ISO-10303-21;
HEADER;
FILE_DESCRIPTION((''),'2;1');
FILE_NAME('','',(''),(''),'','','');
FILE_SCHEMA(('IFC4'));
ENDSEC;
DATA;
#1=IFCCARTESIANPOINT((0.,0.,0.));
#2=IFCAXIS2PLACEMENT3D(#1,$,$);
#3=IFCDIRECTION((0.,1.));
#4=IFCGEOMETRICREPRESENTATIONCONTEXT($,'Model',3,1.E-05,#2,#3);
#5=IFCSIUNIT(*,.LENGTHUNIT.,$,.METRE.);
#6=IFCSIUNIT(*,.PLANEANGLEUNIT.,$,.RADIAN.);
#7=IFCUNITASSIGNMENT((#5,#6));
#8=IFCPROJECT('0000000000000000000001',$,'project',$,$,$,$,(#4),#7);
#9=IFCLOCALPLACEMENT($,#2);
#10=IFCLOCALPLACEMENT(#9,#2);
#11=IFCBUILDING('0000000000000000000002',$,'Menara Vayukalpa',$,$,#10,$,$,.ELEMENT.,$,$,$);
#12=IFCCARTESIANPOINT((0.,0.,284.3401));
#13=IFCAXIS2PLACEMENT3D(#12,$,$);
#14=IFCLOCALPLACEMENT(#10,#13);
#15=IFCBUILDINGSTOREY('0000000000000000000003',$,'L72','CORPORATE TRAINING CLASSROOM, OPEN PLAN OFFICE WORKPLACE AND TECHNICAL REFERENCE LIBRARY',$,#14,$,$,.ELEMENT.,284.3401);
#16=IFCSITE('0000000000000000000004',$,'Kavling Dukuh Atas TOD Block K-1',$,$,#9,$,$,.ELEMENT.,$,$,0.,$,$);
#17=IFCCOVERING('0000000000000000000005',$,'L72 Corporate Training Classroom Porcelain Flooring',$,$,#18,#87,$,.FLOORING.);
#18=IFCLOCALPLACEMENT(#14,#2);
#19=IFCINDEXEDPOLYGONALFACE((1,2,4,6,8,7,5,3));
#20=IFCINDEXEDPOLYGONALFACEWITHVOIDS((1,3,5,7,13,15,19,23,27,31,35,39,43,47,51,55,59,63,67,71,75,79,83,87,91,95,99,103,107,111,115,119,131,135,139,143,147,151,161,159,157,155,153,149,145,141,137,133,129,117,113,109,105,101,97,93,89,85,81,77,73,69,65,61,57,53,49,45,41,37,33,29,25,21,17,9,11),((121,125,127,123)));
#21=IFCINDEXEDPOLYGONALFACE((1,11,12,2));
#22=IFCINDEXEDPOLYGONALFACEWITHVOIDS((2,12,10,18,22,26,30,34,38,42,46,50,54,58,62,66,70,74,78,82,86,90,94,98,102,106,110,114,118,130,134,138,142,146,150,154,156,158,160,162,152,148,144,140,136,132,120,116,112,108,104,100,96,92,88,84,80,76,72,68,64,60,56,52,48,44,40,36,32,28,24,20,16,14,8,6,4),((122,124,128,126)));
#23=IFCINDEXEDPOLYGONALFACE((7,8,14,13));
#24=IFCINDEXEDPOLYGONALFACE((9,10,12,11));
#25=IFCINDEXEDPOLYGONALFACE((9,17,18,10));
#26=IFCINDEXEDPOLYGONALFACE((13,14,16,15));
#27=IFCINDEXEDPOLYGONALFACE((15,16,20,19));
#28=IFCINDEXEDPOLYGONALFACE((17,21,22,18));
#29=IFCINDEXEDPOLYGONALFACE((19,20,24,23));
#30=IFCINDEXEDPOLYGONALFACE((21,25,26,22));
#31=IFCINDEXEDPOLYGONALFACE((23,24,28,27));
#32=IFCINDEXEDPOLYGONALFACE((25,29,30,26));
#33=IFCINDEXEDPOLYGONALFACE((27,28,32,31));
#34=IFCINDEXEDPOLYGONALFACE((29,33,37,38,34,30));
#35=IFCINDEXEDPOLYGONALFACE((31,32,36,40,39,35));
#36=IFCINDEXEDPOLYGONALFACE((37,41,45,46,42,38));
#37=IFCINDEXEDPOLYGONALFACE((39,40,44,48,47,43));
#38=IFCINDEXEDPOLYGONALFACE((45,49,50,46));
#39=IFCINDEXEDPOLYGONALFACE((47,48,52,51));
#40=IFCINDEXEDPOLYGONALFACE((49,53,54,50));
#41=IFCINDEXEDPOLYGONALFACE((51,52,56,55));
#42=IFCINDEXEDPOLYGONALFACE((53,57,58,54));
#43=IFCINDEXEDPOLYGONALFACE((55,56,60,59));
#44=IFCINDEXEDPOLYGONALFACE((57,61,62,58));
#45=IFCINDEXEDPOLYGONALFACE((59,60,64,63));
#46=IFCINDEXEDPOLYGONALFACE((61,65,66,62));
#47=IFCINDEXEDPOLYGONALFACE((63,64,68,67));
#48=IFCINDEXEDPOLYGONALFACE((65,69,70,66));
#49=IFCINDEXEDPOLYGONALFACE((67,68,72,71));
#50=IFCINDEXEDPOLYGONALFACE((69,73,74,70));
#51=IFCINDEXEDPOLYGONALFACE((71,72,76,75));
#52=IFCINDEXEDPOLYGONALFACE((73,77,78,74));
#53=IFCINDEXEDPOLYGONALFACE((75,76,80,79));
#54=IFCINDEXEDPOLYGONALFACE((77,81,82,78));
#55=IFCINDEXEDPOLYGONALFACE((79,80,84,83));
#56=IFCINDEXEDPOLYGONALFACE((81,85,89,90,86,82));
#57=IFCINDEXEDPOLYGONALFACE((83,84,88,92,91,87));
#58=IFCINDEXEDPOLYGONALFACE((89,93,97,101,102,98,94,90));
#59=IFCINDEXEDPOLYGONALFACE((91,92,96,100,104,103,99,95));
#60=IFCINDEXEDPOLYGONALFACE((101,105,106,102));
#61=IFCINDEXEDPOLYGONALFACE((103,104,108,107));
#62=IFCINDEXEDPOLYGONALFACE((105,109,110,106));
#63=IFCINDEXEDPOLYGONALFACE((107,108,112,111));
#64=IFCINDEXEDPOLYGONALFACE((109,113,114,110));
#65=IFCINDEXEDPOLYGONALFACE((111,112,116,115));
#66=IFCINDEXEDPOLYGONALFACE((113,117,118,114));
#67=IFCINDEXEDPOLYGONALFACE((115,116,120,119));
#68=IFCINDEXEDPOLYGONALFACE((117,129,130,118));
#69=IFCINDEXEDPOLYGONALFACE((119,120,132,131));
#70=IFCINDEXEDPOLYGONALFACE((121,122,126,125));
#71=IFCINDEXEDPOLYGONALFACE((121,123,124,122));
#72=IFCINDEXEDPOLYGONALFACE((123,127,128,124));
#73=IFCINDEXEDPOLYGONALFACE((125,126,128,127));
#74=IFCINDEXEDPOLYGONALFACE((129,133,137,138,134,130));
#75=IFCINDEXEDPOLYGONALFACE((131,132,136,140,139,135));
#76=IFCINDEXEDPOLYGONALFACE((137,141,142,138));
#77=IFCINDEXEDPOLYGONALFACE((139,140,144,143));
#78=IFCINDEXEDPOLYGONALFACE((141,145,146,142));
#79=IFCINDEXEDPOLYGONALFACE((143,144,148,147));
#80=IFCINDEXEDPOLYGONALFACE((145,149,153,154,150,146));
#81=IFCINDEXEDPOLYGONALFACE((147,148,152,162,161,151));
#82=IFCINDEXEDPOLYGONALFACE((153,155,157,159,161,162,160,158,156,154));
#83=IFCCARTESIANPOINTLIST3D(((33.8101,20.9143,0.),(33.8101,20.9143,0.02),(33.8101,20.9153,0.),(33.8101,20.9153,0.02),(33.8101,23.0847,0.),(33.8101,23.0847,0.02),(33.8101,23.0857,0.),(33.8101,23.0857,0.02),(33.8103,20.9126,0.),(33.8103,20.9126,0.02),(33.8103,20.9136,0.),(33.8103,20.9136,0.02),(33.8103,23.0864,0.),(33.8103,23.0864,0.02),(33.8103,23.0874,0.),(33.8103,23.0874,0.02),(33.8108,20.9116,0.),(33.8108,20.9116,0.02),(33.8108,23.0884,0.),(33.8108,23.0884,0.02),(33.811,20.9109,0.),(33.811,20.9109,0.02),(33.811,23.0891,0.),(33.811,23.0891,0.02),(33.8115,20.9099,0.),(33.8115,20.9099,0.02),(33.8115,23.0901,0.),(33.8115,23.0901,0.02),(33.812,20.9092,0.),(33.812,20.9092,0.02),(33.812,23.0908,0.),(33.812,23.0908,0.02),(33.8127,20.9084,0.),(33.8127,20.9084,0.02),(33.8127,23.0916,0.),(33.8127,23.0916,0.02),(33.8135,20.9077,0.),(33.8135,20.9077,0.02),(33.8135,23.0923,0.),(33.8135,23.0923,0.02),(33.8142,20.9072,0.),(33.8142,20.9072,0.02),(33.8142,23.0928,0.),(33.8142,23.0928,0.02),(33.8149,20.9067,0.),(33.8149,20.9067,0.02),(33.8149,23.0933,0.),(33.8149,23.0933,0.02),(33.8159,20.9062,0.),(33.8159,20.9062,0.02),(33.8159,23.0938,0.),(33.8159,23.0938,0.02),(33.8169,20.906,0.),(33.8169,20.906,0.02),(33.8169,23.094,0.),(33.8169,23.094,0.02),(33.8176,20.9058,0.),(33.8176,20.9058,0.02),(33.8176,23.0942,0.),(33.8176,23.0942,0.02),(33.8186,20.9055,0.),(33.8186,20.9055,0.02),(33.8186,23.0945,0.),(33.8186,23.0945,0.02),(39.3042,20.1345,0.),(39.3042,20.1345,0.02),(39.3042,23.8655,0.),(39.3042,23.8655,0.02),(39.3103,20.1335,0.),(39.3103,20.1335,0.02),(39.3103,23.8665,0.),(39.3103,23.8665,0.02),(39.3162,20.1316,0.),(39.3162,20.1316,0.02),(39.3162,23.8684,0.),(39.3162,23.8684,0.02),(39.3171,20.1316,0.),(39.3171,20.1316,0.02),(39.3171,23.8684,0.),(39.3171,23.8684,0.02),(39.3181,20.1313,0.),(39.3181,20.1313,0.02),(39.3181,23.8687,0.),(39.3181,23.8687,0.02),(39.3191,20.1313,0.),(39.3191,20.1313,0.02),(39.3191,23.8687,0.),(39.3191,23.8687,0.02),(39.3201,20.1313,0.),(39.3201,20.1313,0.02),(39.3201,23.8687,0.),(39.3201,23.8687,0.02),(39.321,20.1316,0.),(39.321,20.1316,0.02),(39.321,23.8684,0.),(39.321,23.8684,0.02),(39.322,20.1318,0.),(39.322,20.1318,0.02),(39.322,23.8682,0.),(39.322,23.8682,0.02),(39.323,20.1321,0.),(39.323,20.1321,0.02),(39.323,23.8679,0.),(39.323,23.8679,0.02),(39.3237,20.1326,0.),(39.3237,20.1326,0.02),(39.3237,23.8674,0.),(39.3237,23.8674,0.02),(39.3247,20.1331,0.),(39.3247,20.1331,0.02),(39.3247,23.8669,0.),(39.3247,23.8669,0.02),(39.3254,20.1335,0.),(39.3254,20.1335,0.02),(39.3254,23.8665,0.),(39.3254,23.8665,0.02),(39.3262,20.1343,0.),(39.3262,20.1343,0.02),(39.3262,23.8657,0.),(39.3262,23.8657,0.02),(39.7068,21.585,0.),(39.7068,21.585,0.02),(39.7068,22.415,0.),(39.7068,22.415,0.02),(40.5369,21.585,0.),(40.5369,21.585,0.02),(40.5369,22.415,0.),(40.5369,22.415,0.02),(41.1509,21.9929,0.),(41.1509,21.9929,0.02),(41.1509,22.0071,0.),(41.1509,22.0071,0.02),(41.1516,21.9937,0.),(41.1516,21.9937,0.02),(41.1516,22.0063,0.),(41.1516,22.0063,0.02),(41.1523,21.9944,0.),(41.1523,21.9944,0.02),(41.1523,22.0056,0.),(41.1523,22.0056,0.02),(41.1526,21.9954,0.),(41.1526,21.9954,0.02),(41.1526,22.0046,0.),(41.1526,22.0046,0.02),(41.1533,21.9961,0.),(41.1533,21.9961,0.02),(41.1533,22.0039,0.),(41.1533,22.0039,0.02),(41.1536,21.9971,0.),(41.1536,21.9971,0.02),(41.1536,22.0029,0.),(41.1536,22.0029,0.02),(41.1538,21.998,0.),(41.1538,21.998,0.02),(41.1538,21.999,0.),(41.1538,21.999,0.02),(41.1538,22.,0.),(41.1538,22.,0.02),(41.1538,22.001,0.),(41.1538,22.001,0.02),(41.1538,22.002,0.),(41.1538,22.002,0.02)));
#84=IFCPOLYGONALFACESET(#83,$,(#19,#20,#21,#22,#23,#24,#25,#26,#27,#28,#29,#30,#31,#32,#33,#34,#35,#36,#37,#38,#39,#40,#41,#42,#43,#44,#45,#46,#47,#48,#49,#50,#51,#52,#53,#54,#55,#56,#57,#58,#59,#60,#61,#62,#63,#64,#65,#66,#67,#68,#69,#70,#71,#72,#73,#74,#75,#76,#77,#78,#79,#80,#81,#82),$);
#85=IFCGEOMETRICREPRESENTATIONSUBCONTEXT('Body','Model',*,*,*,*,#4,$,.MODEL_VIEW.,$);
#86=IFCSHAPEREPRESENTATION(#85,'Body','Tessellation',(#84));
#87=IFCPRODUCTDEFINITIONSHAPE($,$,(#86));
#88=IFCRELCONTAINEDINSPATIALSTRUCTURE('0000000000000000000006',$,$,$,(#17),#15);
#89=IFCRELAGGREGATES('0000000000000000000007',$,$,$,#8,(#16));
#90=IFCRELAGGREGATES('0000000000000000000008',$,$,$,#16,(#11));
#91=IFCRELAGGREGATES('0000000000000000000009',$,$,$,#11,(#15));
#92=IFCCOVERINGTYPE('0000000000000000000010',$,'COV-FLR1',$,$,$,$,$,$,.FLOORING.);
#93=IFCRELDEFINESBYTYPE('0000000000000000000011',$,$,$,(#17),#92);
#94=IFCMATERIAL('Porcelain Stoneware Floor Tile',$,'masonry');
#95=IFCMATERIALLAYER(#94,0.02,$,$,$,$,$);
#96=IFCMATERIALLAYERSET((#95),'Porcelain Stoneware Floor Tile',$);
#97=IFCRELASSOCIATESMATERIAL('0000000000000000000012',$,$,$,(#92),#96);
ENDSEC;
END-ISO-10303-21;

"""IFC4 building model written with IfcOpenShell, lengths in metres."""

from ifc_helpers import new_model, si_unit, direction, frame, origin, place, context, subcontext, project, spatial, polyline, outline, extrude, material, layer, layer_set, type_object, element, save


model = new_model("IFC4")

# Units and contexts
model_context = context("Model", 3, precision=1e-05, world=origin(), true_north=direction((0.0, 1.0)))
body_context = subcontext(model_context, "Body", "Model", "MODEL_VIEW")
ifc_project = project(units=[si_unit("LENGTHUNIT", "METRE"), si_unit("PLANEANGLEUNIT", "RADIAN")], contexts=[model_context])

# Site, building, storey
site_placement = place(None, origin())
site = spatial("IfcSite", under=ifc_project, at=site_placement, Name="Kavling Dukuh Atas TOD Block K-1", CompositionType="ELEMENT", RefElevation=0.0)
building_placement = place(site_placement, origin())
building = spatial("IfcBuilding", under=site, at=building_placement, Name="Menara Vayukalpa", CompositionType="ELEMENT")
storey_placement = place(building_placement, frame((0.0, 0.0, 284.3401)))
storey = spatial("IfcBuildingStorey", under=building, at=storey_placement, Name="L72", Description="CORPORATE TRAINING CLASSROOM, OPEN PLAN OFFICE WORKPLACE AND TECHNICAL REFERENCE LIBRARY", CompositionType="ELEMENT", Elevation=284.3401)

# Covering
ifc_material_1 = material(Name="Porcelain Stoneware Floor Tile", Category="masonry")
ifc_layer_1 = layer(ifc_material_1, 0.02)
ifc_layer_set_1 = layer_set([ifc_layer_1], Name="Porcelain Stoneware Floor Tile")
covering_type_1 = type_object("IfcCoveringType", Name="COV-FLR1", PredefinedType="FLOORING", material=ifc_layer_set_1)
covering_1_placement = place(storey_placement, origin())
element("IfcCovering", 1, at=covering_1_placement, inside=storey, type_object=covering_type_1, Name="L72 Corporate Training Classroom Porcelain Flooring", PredefinedType="FLOORING", context=body_context, shape_type="SweptSolid", body=[
    extrude(outline(polyline([(41.1523, 22.0056), (41.1526, 22.0046), (41.1533, 22.0039), (41.1536, 22.0029), (41.1538, 22.002), (41.1538, 22.001), (41.1538, 22.0), (41.1538, 21.999), (41.1538, 21.998), (41.1536, 21.9971), (41.1533, 21.9961), (41.1526, 21.9954), (41.1523, 21.9944), (41.1516, 21.9937), (41.1509, 21.9929), (39.3262, 20.1343), (39.3254, 20.1335), (39.3247, 20.1331), (39.3237, 20.1326), (39.323, 20.1321), (39.322, 20.1318), (39.321, 20.1316), (39.3201, 20.1313), (39.3191, 20.1313), (39.3181, 20.1313), (39.3171, 20.1316), (39.3162, 20.1316), (39.3103, 20.1335), (39.3042, 20.1345), (33.8186, 20.9055), (33.8176, 20.9058), (33.8169, 20.906), (33.8159, 20.9062), (33.8149, 20.9067), (33.8142, 20.9072), (33.8135, 20.9077), (33.8127, 20.9084), (33.812, 20.9092), (33.8115, 20.9099), (33.811, 20.9109), (33.8108, 20.9116), (33.8103, 20.9126), (33.8103, 20.9136), (33.8101, 20.9143), (33.8101, 20.9153), (33.8101, 23.0847), (33.8101, 23.0857), (33.8103, 23.0864), (33.8103, 23.0874), (33.8108, 23.0884), (33.811, 23.0891), (33.8115, 23.0901), (33.812, 23.0908), (33.8127, 23.0916), (33.8135, 23.0923), (33.8142, 23.0928), (33.8149, 23.0933), (33.8159, 23.0938), (33.8169, 23.094), (33.8176, 23.0942), (33.8186, 23.0945), (39.3042, 23.8655), (39.3103, 23.8665), (39.3162, 23.8684), (39.3171, 23.8684), (39.3181, 23.8687), (39.3191, 23.8687), (39.3201, 23.8687), (39.321, 23.8684), (39.322, 23.8682), (39.323, 23.8679), (39.3237, 23.8674), (39.3247, 23.8669), (39.3254, 23.8665), (39.3262, 23.8657), (41.1509, 22.0071), (41.1516, 22.0063), (41.1523, 22.0056)]), holes=[polyline([(40.5369, 22.415), (39.7068, 22.415), (39.7068, 21.585), (40.5369, 21.585), (40.5369, 22.415)])]), origin(), (0.0, 0.0, 1.0), 0.02),
])

save(model, "model.ifc")
